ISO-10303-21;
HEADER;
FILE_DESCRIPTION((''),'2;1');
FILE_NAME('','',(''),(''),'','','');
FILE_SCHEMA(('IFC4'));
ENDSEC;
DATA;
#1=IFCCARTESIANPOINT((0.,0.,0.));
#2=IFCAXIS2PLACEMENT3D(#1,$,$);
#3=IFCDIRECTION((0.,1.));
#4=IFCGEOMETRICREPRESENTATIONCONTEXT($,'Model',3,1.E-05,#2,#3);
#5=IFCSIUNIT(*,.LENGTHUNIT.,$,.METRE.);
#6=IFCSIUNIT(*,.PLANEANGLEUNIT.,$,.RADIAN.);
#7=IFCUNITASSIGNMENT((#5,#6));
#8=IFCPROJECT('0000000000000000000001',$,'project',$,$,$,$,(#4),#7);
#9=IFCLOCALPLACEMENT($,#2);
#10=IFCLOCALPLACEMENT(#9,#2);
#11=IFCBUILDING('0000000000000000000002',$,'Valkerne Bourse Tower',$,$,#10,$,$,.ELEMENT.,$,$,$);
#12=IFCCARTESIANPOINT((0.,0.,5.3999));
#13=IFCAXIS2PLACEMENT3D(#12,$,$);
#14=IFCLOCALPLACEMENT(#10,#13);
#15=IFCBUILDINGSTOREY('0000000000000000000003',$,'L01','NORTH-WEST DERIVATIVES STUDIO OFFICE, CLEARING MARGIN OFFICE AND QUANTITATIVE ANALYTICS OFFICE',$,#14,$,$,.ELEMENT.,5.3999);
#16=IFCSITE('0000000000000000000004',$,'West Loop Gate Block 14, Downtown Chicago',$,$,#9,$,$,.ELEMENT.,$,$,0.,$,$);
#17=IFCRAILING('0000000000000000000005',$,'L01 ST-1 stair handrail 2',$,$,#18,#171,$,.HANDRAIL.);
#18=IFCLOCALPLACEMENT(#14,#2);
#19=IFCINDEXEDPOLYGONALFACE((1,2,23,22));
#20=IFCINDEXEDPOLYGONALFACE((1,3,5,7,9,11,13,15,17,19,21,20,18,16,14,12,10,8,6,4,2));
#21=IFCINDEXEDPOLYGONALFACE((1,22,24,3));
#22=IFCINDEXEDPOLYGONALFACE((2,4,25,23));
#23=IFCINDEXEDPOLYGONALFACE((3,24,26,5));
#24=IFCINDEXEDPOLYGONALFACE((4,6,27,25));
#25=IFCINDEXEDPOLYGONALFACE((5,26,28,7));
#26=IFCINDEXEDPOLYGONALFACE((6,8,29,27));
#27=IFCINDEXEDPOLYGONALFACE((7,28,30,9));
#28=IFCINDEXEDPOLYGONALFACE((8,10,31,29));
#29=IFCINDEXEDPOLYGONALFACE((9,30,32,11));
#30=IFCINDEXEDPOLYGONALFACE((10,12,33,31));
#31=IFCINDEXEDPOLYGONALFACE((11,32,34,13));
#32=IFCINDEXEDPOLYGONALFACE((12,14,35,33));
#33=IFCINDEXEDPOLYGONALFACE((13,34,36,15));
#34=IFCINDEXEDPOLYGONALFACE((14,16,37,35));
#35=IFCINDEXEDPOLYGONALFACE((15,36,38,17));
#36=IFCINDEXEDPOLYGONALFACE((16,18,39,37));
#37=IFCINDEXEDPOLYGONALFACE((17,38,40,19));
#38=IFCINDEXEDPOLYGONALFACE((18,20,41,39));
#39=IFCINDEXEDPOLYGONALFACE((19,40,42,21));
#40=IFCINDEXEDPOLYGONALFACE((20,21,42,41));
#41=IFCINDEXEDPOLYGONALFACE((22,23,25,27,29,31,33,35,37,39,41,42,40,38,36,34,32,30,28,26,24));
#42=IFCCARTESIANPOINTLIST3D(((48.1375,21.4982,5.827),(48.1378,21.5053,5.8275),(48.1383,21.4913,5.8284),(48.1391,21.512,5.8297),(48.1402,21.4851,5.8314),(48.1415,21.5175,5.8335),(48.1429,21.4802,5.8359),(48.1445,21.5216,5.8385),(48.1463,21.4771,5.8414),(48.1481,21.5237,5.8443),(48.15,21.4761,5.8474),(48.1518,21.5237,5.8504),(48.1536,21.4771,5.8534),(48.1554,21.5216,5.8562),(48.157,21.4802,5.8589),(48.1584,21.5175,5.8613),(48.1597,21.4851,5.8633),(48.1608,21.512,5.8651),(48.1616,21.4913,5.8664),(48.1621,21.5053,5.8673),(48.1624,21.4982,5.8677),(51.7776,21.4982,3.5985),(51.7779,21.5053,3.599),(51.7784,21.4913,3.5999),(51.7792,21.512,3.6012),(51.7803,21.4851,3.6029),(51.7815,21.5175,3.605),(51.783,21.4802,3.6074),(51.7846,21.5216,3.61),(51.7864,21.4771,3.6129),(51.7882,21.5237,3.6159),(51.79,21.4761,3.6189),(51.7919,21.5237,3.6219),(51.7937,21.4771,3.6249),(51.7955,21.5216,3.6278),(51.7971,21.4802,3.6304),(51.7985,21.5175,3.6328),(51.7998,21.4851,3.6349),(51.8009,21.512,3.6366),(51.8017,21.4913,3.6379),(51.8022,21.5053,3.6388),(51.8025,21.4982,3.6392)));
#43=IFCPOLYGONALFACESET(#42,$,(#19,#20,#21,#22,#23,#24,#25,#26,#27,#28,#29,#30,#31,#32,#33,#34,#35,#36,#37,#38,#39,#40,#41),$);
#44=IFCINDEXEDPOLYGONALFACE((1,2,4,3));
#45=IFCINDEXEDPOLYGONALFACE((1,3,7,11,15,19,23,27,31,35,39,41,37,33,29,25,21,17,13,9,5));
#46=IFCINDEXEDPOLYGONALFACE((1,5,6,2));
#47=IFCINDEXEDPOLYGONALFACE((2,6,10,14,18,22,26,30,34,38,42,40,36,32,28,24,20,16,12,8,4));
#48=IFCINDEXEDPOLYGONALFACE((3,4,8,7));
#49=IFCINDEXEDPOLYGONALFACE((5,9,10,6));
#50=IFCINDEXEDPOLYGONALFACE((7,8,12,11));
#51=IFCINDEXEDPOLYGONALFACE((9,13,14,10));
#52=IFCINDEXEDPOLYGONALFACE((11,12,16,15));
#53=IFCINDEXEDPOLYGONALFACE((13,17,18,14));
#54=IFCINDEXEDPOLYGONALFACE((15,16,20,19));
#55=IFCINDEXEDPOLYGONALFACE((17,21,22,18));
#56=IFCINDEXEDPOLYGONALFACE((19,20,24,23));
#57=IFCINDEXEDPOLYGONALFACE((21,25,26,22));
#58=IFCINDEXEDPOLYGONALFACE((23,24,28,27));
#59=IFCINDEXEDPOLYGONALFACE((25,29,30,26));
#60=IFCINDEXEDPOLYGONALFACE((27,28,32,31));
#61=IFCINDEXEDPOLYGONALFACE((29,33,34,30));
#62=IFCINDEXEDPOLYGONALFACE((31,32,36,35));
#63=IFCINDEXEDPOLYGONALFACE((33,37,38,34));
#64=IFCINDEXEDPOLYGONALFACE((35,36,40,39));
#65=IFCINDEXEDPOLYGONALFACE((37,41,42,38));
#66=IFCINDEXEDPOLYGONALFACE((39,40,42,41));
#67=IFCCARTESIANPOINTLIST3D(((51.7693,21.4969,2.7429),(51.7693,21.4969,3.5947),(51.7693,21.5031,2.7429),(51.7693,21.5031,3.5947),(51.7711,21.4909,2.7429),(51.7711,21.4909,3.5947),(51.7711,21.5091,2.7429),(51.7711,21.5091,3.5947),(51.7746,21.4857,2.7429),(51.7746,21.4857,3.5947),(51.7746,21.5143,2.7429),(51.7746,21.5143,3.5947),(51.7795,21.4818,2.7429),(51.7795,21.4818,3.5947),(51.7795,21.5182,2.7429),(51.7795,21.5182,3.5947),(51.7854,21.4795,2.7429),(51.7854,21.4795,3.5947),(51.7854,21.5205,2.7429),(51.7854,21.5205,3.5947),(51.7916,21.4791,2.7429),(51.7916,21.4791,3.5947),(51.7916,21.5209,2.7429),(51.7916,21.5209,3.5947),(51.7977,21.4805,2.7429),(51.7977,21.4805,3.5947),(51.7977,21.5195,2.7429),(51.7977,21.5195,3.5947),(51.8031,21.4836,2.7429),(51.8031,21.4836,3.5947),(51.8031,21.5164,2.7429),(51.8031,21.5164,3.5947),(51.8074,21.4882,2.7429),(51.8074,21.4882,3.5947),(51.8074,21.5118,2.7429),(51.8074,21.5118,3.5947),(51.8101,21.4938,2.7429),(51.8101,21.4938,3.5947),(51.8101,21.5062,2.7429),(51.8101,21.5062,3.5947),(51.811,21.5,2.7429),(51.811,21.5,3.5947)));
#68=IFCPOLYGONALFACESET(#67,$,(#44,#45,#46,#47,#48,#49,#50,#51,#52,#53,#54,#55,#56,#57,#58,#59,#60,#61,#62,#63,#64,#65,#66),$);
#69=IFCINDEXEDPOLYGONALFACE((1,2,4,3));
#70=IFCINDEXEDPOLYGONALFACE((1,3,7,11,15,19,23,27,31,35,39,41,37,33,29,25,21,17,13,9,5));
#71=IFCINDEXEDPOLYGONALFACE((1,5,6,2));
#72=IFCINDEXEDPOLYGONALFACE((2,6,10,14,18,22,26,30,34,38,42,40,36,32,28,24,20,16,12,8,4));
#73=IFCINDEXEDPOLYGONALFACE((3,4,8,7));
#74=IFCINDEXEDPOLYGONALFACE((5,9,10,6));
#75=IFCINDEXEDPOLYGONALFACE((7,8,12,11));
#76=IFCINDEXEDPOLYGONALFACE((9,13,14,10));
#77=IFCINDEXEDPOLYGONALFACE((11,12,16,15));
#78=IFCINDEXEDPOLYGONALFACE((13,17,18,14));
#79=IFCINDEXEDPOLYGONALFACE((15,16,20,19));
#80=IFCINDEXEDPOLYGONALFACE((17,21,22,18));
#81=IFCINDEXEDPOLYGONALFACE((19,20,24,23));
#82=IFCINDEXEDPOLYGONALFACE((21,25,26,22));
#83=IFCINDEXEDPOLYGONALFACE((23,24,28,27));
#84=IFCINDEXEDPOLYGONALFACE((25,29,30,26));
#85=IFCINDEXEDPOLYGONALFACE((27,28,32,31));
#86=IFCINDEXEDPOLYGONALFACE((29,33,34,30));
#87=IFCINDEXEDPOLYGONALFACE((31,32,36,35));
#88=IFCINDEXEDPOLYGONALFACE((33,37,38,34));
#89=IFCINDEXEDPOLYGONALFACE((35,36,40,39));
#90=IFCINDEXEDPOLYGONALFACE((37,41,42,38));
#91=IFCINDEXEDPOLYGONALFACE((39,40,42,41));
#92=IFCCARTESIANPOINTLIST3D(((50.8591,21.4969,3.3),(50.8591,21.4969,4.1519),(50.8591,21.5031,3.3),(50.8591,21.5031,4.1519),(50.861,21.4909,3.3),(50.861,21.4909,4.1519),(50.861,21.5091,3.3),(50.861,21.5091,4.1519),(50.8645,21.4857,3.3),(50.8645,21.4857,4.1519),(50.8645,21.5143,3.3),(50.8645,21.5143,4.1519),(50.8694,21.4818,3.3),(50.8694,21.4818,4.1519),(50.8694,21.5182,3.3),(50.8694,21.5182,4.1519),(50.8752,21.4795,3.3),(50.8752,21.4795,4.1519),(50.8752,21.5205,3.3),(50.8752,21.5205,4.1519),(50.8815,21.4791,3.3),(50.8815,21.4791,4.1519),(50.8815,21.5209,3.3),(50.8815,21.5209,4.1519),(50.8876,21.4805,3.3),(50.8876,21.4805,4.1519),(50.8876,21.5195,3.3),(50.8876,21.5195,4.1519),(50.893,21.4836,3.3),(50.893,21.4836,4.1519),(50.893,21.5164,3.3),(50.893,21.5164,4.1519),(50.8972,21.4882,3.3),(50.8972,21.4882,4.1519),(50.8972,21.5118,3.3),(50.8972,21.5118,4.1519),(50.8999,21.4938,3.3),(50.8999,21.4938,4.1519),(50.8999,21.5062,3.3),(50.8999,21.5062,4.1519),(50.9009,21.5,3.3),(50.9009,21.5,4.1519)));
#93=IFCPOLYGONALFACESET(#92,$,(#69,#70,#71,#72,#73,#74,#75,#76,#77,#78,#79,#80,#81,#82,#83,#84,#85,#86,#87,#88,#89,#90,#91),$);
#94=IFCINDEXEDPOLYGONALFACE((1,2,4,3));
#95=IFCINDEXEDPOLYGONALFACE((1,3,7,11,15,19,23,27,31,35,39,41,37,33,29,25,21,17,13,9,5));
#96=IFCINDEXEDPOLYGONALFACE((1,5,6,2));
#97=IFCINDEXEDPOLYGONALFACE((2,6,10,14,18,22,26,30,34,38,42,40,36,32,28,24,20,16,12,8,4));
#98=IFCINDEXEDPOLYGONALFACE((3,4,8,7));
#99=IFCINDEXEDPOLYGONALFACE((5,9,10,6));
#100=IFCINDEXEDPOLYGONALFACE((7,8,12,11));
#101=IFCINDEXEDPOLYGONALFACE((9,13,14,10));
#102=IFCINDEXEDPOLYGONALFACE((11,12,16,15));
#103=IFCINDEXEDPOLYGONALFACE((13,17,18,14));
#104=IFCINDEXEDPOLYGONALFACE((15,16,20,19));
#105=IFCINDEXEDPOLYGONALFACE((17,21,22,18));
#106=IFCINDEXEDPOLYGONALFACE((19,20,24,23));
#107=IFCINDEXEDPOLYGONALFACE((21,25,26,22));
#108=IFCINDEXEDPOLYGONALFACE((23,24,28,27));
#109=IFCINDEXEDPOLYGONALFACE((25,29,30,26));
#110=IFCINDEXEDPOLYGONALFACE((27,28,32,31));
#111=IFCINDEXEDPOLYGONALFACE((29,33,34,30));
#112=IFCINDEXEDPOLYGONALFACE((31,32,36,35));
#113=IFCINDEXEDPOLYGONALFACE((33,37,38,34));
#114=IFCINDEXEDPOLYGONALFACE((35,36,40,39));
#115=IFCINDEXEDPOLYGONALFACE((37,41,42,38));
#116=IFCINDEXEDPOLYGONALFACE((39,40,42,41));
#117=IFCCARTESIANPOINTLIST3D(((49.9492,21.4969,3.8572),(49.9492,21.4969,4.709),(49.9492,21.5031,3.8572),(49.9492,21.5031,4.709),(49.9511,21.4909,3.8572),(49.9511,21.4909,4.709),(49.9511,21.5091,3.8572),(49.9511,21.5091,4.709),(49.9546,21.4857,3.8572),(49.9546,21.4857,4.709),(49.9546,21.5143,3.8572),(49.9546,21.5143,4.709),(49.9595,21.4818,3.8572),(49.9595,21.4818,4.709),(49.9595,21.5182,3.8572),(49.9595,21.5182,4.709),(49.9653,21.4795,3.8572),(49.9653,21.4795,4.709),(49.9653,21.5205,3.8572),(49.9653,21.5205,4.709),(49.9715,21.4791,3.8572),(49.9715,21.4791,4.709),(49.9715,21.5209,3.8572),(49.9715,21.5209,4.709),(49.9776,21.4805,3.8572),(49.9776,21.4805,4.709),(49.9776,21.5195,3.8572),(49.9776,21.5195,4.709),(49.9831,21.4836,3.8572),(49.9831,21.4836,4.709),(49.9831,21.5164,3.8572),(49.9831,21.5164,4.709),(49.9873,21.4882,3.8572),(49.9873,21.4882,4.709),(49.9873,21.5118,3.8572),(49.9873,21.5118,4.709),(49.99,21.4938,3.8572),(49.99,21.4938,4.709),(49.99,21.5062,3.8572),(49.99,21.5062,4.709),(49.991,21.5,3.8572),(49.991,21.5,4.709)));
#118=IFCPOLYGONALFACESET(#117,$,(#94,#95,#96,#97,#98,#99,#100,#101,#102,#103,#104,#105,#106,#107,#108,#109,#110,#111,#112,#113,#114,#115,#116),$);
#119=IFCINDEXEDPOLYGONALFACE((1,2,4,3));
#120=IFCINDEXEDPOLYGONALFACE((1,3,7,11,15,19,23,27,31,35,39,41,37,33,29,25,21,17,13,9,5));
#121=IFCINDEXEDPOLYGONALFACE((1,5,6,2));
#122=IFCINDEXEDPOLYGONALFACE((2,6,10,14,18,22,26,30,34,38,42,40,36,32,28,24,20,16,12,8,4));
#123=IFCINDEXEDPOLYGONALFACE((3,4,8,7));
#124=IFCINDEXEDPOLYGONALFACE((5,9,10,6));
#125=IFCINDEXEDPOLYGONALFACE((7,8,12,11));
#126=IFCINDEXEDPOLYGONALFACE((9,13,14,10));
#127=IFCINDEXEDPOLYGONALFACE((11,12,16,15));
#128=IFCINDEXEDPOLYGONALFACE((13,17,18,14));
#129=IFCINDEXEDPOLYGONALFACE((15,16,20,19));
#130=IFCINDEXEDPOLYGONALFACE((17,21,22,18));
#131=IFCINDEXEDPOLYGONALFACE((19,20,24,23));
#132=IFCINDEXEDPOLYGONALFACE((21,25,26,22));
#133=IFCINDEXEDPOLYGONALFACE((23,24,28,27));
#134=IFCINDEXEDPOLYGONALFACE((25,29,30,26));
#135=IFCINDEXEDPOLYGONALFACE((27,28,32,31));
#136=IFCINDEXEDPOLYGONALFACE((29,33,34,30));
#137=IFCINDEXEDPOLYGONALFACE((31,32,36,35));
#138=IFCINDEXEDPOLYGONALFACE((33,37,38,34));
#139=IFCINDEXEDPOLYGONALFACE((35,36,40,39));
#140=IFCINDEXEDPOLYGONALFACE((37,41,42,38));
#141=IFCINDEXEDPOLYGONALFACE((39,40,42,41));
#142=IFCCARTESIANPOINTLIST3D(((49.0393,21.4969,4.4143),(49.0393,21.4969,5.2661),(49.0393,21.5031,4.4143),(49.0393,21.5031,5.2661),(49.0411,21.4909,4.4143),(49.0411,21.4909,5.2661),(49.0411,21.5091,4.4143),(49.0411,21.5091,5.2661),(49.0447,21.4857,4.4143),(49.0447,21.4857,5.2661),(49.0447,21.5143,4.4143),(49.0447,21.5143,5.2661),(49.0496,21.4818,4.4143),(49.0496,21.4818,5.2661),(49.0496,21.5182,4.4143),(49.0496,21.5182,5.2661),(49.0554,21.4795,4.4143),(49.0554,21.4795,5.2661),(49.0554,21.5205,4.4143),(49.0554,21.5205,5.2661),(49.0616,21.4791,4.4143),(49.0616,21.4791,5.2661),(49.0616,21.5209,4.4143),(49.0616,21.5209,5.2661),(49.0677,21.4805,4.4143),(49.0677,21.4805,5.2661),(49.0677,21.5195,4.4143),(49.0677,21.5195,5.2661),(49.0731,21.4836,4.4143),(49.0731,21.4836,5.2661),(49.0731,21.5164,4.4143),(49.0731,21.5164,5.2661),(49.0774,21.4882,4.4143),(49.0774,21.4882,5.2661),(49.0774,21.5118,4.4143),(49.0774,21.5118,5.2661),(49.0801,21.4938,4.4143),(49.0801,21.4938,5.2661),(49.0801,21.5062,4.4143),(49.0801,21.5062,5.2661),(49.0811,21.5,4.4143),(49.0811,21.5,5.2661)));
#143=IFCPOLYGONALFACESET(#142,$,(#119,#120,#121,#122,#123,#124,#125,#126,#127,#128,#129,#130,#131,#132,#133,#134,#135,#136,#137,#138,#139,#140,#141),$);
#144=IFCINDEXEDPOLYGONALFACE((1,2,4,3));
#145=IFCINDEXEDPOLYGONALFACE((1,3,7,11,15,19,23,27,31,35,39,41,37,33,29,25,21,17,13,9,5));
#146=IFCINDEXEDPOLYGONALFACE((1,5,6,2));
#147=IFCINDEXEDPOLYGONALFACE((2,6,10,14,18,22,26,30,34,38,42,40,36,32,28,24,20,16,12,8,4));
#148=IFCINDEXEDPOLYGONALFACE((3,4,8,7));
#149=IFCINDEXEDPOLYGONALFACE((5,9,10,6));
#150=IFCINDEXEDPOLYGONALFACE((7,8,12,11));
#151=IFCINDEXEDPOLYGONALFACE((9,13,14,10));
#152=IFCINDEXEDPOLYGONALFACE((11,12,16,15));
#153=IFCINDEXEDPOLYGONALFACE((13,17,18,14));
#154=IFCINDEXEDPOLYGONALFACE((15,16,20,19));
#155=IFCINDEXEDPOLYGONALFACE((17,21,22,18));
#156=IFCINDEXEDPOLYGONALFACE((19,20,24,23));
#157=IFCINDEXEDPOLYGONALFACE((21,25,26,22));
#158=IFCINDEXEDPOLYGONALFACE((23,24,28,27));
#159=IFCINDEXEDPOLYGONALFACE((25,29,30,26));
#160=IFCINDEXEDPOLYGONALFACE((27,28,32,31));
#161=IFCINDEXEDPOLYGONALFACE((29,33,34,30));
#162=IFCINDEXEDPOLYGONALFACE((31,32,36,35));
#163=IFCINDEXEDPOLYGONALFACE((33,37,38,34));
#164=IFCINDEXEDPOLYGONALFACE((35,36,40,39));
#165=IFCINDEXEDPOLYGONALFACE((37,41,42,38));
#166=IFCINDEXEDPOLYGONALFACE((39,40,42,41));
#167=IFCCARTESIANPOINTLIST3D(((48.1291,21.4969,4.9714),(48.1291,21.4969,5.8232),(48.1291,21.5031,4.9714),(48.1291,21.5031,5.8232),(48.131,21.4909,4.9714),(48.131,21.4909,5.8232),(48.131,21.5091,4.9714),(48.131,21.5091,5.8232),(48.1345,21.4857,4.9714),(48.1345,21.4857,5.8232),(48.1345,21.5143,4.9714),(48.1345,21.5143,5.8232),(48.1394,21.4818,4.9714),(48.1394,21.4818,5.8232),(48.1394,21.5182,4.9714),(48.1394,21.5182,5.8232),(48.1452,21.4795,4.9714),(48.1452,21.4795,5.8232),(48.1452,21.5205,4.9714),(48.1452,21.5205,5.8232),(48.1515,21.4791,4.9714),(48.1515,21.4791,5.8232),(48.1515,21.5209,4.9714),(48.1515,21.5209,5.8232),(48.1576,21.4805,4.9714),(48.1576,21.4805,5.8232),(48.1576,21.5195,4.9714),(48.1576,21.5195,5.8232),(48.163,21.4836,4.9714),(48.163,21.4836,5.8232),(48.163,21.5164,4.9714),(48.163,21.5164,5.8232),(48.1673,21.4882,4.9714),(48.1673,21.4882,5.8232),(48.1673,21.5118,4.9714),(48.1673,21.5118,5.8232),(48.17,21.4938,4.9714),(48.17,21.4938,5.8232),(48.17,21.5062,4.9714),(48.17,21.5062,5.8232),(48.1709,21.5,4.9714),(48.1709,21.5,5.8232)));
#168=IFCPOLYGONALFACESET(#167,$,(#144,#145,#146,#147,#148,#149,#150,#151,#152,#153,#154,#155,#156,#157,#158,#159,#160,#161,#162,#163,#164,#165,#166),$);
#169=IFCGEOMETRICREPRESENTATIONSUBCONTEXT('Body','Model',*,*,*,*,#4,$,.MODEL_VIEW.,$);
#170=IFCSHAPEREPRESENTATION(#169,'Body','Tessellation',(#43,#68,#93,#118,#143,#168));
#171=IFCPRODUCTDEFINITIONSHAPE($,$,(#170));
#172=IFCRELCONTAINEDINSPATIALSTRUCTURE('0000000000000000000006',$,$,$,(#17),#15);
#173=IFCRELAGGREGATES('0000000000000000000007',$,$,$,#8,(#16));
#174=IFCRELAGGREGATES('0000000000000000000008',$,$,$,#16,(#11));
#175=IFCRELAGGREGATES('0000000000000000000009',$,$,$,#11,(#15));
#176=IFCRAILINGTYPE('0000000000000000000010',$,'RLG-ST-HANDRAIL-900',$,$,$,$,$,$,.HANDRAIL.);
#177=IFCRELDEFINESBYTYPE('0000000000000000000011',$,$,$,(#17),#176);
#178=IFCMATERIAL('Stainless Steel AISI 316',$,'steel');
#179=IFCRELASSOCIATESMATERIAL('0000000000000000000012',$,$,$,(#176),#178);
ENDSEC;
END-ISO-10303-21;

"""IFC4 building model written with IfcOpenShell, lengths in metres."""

from ifc_helpers import new_model, si_unit, direction, frame, origin, origin_2d, place, context, subcontext, project, spatial, circle, extrude, material, type_object, element, save


model = new_model("IFC4")

# Units and contexts
model_context = context("Model", 3, precision=1e-05, world=origin(), true_north=direction((0.0, 1.0)))
body_context = subcontext(model_context, "Body", "Model", "MODEL_VIEW")
ifc_project = project(units=[si_unit("LENGTHUNIT", "METRE"), si_unit("PLANEANGLEUNIT", "RADIAN")], contexts=[model_context])

# Site, building, storey
site_placement = place(None, origin())
site = spatial("IfcSite", under=ifc_project, at=site_placement, Name="West Loop Gate Block 14, Downtown Chicago", CompositionType="ELEMENT", RefElevation=0.0)
building_placement = place(site_placement, origin())
building = spatial("IfcBuilding", under=site, at=building_placement, Name="Valkerne Bourse Tower", CompositionType="ELEMENT")
storey_placement = place(building_placement, frame((0.0, 0.0, 5.3999)))
storey = spatial("IfcBuildingStorey", under=building, at=storey_placement, Name="L01", Description="NORTH-WEST DERIVATIVES STUDIO OFFICE, CLEARING MARGIN OFFICE AND QUANTITATIVE ANALYTICS OFFICE", CompositionType="ELEMENT", Elevation=5.3999)

# Shared definitions
ifc_material_1 = material(Name="Stainless Steel AISI 316", Category="steel")

# Railing
railing_type_1 = type_object("IfcRailingType", Name="RLG-ST-HANDRAIL-900", PredefinedType="HANDRAIL", material=ifc_material_1)
railing_1_placement = place(storey_placement, frame((51.79, 21.5, 2.7429)))
element("IfcRailing", 1, at=railing_1_placement, inside=storey, type_object=railing_type_1, Name="L01 ST-1 stair handrail 2", PredefinedType="HANDRAIL", context=body_context, shape_type="SweptSolid", body=[
    extrude(circle(Radius=0.0239, at=origin_2d()), frame((0.0, 0.0, 0.876), z_axis=(-0.852866, 0.0, 0.52213), x_axis=(0.0, -1.0, 0.0)), (0.0, 0.0, 1.0), 4.2681),
    extrude(circle(Radius=0.021, at=origin_2d()), origin(), (0.0, 0.0, 1.0), 0.8518),
    extrude(circle(Radius=0.021, at=origin_2d()), frame((-0.9102, 0.0, 0.5571)), (0.0, 0.0, 1.0), 0.8518),
    extrude(circle(Radius=0.021, at=origin_2d()), frame((-1.8201, 0.0, 1.1143)), (0.0, 0.0, 1.0), 0.8518),
    extrude(circle(Radius=0.021, at=origin_2d()), frame((-2.73, 0.0, 1.6714)), (0.0, 0.0, 1.0), 0.8518),
    extrude(circle(Radius=0.021, at=origin_2d()), frame((-3.6401, 0.0, 2.2285)), (0.0, 0.0, 1.0), 0.8518),
])

save(model, "model.ifc")
